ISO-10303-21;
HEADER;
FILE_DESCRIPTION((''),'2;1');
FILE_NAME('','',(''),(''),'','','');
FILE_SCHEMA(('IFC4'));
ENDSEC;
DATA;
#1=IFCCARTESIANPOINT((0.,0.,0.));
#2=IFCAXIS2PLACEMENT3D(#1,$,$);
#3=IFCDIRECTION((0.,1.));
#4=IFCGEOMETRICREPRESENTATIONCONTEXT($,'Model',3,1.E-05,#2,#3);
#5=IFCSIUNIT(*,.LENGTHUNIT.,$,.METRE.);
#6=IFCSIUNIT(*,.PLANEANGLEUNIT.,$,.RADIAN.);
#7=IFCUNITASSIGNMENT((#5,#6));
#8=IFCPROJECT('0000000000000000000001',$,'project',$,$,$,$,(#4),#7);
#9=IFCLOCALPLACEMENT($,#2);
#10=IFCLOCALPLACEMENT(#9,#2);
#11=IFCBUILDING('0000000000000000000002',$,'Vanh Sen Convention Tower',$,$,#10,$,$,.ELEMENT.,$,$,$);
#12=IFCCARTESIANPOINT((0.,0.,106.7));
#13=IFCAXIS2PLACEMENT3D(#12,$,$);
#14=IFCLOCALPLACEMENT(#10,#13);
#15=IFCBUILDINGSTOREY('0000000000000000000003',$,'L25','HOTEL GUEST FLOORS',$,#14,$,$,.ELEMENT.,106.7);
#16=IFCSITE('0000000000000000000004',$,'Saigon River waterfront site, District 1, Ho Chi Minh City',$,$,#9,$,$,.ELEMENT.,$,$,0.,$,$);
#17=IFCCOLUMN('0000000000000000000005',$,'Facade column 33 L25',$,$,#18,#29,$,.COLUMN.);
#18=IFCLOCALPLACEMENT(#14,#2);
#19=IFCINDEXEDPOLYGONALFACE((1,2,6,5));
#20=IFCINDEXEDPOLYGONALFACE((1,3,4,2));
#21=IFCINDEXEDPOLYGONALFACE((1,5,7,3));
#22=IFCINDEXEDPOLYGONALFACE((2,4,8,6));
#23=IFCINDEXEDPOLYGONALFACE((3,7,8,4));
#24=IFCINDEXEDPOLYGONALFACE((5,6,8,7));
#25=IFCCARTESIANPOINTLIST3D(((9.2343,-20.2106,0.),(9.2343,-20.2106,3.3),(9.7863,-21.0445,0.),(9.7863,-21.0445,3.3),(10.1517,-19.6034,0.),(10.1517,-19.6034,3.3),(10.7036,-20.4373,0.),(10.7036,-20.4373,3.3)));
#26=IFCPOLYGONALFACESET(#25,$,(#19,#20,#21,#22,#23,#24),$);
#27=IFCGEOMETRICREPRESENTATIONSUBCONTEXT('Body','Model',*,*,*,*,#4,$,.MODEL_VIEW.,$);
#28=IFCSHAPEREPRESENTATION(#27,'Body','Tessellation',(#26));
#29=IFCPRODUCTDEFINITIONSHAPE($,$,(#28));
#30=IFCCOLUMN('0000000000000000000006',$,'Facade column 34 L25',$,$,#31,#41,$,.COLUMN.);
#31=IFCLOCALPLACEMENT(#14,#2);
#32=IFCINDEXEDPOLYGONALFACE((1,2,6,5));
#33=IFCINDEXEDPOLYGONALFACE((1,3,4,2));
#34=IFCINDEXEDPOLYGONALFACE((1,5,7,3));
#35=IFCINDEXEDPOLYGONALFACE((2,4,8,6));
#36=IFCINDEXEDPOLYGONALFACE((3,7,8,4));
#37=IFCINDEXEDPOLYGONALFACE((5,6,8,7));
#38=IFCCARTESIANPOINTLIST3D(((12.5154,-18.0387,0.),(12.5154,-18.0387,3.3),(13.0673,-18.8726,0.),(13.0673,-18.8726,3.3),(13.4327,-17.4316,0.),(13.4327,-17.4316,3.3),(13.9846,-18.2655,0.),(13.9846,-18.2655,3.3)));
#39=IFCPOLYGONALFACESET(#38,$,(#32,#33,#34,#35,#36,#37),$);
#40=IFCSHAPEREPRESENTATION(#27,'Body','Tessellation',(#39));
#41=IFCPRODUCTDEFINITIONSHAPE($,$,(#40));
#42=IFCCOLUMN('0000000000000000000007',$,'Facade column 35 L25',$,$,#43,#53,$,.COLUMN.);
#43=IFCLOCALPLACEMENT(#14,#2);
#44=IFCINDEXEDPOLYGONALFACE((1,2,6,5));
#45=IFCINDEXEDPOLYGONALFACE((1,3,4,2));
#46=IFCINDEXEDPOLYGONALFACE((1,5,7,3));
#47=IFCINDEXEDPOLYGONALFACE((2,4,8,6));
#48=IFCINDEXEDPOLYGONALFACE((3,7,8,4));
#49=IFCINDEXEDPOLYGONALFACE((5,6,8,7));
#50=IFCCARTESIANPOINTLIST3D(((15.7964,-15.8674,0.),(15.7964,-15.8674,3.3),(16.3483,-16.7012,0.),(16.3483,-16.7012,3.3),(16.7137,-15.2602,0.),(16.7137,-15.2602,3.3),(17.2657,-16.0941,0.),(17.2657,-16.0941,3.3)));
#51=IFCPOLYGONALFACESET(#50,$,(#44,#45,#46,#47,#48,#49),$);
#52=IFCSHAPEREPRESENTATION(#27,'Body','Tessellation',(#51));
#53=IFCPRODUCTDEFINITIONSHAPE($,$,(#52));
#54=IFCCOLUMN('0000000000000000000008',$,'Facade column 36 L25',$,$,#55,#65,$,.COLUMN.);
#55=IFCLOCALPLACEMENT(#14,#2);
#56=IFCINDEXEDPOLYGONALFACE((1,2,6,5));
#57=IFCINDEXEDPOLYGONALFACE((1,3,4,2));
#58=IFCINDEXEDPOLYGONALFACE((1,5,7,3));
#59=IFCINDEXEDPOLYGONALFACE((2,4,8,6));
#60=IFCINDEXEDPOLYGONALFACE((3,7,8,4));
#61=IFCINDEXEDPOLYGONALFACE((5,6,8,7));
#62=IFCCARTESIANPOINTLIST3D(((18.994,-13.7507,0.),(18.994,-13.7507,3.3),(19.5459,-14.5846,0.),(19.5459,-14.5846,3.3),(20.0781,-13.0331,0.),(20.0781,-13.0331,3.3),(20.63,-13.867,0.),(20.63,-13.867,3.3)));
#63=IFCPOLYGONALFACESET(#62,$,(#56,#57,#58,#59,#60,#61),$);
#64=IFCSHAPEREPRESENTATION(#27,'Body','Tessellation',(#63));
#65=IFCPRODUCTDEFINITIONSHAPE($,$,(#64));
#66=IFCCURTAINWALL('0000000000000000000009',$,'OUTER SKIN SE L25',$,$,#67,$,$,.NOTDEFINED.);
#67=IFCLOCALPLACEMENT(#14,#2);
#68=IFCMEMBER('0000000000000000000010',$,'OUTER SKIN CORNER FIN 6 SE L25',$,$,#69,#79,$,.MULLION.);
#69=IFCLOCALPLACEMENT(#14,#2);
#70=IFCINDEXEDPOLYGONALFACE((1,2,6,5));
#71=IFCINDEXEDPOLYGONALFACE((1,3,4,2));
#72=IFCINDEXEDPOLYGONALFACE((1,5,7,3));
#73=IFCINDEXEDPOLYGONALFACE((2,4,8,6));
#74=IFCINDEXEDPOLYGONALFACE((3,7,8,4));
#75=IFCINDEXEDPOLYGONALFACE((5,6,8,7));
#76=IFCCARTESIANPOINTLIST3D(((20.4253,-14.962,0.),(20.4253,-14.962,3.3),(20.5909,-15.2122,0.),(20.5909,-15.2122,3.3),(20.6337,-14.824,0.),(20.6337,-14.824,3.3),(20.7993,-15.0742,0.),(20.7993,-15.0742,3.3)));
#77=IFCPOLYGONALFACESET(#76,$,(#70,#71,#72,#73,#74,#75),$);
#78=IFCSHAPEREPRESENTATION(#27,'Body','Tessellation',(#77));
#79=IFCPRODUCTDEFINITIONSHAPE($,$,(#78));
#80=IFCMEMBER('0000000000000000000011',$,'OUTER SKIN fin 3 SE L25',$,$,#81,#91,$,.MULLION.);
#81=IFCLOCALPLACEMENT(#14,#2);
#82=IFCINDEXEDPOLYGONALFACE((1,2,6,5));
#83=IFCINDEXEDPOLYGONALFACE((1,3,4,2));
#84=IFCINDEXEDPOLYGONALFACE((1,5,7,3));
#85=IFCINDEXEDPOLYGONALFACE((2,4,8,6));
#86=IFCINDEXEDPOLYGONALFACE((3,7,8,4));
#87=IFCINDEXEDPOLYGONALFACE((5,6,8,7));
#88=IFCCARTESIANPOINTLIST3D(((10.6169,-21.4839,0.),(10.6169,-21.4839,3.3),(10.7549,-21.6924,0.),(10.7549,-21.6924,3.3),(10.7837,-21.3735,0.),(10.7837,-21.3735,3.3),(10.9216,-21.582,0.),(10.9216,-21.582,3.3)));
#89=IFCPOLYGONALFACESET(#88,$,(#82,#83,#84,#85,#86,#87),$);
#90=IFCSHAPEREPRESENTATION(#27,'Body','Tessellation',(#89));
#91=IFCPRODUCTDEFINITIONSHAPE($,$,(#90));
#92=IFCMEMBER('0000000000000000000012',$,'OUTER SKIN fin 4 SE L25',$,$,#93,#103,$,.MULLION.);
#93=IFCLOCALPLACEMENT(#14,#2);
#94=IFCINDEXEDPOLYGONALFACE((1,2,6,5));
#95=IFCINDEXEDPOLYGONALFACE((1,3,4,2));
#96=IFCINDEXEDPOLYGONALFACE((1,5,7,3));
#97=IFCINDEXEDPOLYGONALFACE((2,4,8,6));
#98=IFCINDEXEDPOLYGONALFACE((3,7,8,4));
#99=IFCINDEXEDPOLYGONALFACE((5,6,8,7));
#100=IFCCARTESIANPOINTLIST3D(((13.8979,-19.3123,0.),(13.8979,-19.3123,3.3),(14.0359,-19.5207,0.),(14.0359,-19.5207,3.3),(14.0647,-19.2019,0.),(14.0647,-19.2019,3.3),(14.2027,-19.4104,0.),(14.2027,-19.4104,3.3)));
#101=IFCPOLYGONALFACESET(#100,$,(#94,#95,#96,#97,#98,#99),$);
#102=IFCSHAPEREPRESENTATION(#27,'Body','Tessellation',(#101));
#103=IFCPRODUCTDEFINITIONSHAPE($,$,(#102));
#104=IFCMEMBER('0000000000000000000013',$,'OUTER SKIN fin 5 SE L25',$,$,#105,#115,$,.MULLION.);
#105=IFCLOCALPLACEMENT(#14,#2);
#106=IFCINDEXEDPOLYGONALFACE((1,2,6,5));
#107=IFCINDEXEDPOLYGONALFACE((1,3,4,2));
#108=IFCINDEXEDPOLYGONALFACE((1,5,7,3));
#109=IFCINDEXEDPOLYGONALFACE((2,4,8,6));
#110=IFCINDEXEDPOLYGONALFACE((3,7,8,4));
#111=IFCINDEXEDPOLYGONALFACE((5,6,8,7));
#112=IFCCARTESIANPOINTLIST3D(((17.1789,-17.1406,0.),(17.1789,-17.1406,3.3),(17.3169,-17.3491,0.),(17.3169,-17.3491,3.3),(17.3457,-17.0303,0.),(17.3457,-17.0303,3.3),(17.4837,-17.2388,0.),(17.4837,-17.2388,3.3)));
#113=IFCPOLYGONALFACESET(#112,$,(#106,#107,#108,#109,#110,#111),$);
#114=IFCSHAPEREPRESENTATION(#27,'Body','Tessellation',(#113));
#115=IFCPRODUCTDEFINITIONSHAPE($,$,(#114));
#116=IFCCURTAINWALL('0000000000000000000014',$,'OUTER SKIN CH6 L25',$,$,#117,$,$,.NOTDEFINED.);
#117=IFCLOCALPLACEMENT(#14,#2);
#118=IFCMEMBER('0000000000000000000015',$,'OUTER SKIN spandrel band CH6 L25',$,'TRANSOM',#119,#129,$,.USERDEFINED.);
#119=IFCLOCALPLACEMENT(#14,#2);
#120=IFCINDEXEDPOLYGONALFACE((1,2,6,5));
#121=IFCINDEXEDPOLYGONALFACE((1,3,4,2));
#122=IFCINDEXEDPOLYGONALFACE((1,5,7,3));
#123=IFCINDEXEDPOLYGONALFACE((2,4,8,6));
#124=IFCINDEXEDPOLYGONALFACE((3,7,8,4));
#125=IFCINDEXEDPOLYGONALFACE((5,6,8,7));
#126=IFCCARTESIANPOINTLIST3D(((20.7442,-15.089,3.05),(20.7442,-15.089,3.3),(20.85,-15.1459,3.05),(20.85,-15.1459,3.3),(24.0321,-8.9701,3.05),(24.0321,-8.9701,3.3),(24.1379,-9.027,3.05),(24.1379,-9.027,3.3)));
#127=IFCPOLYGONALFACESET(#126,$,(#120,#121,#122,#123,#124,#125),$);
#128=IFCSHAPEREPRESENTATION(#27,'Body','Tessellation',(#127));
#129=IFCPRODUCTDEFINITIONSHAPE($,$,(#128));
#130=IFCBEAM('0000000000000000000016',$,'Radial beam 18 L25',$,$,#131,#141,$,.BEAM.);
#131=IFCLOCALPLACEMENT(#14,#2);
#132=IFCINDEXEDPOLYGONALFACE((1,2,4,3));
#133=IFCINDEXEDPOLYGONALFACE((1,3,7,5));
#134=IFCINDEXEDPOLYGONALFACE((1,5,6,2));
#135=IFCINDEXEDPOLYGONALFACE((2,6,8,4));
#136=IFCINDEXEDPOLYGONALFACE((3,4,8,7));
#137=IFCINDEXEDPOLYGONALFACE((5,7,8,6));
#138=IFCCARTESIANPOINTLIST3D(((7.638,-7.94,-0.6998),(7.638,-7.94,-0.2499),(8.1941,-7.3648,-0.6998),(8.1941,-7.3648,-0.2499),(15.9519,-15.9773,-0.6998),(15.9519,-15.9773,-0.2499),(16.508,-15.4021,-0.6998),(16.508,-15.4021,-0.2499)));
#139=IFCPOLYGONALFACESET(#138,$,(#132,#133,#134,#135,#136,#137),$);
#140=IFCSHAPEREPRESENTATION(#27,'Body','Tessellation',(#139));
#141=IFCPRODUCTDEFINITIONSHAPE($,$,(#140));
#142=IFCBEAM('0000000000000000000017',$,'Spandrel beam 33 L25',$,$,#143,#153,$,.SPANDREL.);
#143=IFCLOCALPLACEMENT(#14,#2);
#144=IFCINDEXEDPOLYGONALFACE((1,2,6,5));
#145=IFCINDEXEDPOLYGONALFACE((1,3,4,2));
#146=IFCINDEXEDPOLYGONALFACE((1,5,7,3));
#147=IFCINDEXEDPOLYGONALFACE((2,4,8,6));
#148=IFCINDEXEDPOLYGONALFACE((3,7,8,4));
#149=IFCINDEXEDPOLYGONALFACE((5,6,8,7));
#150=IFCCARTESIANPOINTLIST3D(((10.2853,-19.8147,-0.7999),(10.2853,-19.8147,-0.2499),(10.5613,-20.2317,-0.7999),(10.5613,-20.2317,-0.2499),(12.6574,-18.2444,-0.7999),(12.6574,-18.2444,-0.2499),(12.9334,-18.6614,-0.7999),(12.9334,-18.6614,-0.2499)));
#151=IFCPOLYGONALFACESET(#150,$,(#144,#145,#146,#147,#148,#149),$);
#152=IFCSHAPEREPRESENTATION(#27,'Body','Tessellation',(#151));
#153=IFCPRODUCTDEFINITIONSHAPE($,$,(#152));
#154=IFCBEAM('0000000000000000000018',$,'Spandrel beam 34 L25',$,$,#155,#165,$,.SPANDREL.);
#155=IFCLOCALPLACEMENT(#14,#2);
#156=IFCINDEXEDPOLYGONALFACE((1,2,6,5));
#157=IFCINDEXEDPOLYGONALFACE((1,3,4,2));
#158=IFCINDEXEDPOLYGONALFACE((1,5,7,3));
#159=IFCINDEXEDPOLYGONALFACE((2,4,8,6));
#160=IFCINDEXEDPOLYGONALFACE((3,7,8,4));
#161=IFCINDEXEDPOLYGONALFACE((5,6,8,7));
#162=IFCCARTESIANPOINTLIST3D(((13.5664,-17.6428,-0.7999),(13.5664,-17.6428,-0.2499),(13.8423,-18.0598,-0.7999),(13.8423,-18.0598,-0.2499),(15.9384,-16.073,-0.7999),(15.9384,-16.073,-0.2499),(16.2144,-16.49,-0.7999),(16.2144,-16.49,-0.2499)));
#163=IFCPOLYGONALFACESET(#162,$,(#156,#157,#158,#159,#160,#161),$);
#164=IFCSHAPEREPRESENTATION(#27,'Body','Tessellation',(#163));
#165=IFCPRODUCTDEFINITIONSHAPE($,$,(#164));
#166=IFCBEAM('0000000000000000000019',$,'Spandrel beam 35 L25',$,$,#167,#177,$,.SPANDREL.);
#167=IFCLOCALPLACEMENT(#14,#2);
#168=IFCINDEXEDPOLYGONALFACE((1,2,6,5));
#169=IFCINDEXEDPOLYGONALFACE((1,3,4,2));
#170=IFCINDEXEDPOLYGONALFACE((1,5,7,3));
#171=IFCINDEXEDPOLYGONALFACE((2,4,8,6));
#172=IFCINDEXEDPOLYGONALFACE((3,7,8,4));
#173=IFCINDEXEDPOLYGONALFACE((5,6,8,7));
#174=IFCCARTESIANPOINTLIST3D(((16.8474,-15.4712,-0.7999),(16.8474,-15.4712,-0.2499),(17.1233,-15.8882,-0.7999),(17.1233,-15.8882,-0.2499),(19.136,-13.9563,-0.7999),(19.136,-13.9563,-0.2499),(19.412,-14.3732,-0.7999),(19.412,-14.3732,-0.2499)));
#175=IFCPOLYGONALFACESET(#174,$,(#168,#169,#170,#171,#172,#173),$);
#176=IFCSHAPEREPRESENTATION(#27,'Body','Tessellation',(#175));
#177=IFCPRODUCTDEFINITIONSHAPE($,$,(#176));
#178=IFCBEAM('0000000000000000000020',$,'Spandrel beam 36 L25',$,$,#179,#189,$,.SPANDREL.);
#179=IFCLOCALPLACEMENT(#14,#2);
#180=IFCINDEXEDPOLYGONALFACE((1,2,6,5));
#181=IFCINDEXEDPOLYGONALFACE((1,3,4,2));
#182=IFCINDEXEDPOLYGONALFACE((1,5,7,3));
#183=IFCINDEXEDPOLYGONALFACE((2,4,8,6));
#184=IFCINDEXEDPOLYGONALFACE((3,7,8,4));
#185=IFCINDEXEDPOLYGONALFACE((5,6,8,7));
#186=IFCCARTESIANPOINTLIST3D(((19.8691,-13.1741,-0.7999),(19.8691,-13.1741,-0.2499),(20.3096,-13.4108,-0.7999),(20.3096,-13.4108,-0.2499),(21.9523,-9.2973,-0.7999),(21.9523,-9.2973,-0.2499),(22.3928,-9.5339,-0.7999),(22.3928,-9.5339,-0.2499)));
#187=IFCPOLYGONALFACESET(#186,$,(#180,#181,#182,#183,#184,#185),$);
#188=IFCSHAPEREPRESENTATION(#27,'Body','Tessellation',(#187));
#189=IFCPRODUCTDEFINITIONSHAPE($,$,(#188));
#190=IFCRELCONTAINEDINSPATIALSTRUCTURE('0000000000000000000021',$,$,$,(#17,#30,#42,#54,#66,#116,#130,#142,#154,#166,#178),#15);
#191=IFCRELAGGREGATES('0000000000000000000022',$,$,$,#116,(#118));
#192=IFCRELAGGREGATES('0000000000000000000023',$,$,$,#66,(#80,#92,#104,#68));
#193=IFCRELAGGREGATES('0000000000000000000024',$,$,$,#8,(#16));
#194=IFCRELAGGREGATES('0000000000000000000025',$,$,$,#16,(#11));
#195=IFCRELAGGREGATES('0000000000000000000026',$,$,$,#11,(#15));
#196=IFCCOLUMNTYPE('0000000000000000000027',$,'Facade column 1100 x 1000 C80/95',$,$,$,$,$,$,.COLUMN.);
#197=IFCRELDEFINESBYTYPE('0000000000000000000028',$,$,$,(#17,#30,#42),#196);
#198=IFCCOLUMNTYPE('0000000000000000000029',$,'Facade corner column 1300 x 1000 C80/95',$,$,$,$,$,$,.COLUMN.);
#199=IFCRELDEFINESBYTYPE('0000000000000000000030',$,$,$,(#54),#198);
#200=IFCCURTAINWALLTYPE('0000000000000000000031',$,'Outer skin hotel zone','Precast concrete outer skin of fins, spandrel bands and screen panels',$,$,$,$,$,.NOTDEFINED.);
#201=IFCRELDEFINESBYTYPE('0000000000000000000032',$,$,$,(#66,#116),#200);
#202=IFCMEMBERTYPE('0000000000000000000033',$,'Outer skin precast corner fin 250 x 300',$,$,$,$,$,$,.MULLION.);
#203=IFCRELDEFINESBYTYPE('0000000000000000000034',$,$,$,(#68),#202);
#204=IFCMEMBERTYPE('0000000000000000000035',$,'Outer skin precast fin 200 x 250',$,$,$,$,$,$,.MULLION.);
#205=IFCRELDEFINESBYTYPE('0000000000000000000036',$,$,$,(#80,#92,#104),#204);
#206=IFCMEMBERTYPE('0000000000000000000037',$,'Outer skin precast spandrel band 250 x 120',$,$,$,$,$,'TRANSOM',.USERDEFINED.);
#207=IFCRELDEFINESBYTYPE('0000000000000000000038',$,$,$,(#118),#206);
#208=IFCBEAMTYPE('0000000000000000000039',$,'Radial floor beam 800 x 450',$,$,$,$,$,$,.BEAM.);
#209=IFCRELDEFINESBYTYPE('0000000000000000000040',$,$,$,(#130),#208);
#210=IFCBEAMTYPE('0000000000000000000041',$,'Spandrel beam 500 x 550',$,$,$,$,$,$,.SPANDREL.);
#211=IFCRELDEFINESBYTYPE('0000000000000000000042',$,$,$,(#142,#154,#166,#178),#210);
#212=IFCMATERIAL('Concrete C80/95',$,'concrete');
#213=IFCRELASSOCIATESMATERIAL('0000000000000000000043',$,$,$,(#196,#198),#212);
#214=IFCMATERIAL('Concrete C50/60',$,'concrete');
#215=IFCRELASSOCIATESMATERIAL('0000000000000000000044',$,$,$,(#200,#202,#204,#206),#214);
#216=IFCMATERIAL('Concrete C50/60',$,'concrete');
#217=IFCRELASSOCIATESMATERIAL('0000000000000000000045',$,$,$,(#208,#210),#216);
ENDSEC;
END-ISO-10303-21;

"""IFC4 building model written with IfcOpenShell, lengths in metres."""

from ifc_helpers import new_model, si_unit, direction, frame, origin, origin_2d, place, context, subcontext, project, spatial, rectangle, extrude, material, material_profile, profile_set, type_object, element, aggregate, save


model = new_model("IFC4")

# Units and contexts
model_context = context("Model", 3, precision=1e-05, world=origin(), true_north=direction((0.0, 1.0)))
body_context = subcontext(model_context, "Body", "Model", "MODEL_VIEW")
ifc_project = project(units=[si_unit("LENGTHUNIT", "METRE"), si_unit("PLANEANGLEUNIT", "RADIAN")], contexts=[model_context])

# Site, building, storey
site_placement = place(None, origin())
site = spatial("IfcSite", under=ifc_project, at=site_placement, Name="Saigon River waterfront site, District 1, Ho Chi Minh City", CompositionType="ELEMENT", RefElevation=0.0)
building_placement = place(site_placement, origin())
building = spatial("IfcBuilding", under=site, at=building_placement, Name="Vanh Sen Convention Tower", CompositionType="ELEMENT")
storey_placement = place(building_placement, frame((0.0, 0.0, 106.7)))
storey = spatial("IfcBuildingStorey", under=building, at=storey_placement, Name="L25", Description="HOTEL GUEST FLOORS", CompositionType="ELEMENT", Elevation=106.7)

# Columns
ifc_material_1 = material(Name="Concrete C80/95", Category="concrete")
ifc_material_profile_1 = material_profile(ifc_material_1, rectangle(XDim=1.1001, YDim=1.0, at=origin_2d()), Name="RC 1100X1000")
ifc_profile_set_1 = profile_set([ifc_material_profile_1], Name="Concrete C80/95")
column_type_1 = type_object("IfcColumnType", Name="Facade column 1100 x 1000 C80/95", PredefinedType="COLUMN", material=ifc_profile_set_1)
for number, where, z_axis, x_axis, name in (
    (1, (9.969, -20.324, 0.0), (0.0, 0.0, 1.0), (0.833886, 0.551937, 0.0), "Facade column 33 L25"),
    (2, (13.25, -18.1521, 0.0), (0.0, 0.0, 1.0), (0.833886, 0.551937, 0.0), "Facade column 34 L25"),
    (3, (16.531, -15.9807, 0.0), (0.0, 0.0, 1.0), (0.833886, 0.551937, 0.0), "Facade column 35 L25"),
):
    element("IfcColumn", number, at=place(storey_placement, frame(where, z_axis=z_axis, x_axis=x_axis)), inside=storey, type_object=column_type_1, Name=name, PredefinedType="COLUMN", context=body_context, shape_type="SweptSolid", body=[
        extrude(rectangle(XDim=1.1001, YDim=1.0, at=origin_2d()), origin(), (0.0, 0.0, 1.0), 3.3),
    ])
ifc_material_profile_2 = material_profile(ifc_material_1, rectangle(XDim=1.3, YDim=1.0, at=origin_2d()), Name="RC 1300X1000")
ifc_profile_set_2 = profile_set([ifc_material_profile_2], Name="Concrete C80/95")
column_type_2 = type_object("IfcColumnType", Name="Facade corner column 1300 x 1000 C80/95", PredefinedType="COLUMN", material=ifc_profile_set_2)
column_placement = place(storey_placement, frame((19.812, -13.8088, 0.0), z_axis=(0.0, 0.0, 1.0), x_axis=(0.833886, 0.551937, 0.0)))
element("IfcColumn", 4, at=column_placement, inside=storey, type_object=column_type_2, Name="Facade column 36 L25", PredefinedType="COLUMN", context=body_context, shape_type="SweptSolid", body=[
    extrude(rectangle(XDim=1.3, YDim=1.0, at=origin_2d()), origin(), (0.0, 0.0, 1.0), 3.3),
])

# Curtain wall, members
ifc_material_2 = material(Name="Concrete C50/60", Category="concrete")
curtain_wall_type = type_object("IfcCurtainWallType", Name="Outer skin hotel zone", Description="Precast concrete outer skin of fins, spandrel bands and screen panels", PredefinedType="NOTDEFINED", material=ifc_material_2)
curtain_wall_1_placement = place(storey_placement, origin())
curtain_wall_1 = element("IfcCurtainWall", 5, at=curtain_wall_1_placement, inside=storey, type_object=curtain_wall_type, Name="OUTER SKIN SE L25", PredefinedType="NOTDEFINED")
ifc_material_profile_3 = material_profile(ifc_material_2, rectangle(XDim=0.25, YDim=0.3, at=origin_2d()), Name="Outer skin precast corner fin 250 x 300")
ifc_profile_set_3 = profile_set([ifc_material_profile_3], Name="Concrete C50/60")
member_type_1 = type_object("IfcMemberType", Name="Outer skin precast corner fin 250 x 300", PredefinedType="MULLION", material=ifc_profile_set_3)
member_1_placement = place(storey_placement, frame((20.6123, -15.0181, 0.0), z_axis=(0.0, 0.0, 1.0), x_axis=(0.833886, 0.551937, 0.0)))
member_1 = element("IfcMember", 6, at=member_1_placement, type_object=member_type_1, Name="OUTER SKIN CORNER FIN 6 SE L25", PredefinedType="MULLION", context=body_context, shape_type="SweptSolid", body=[
    extrude(rectangle(XDim=0.25, YDim=0.3, at=origin_2d()), origin(), (0.0, 0.0, 1.0), 3.3),
])
ifc_material_profile_4 = material_profile(ifc_material_2, rectangle(XDim=0.2, YDim=0.25, at=origin_2d()), Name="Outer skin precast fin 200 x 250")
ifc_profile_set_4 = profile_set([ifc_material_profile_4], Name="Concrete C50/60")
member_type_2 = type_object("IfcMemberType", Name="Outer skin precast fin 200 x 250", PredefinedType="MULLION", material=ifc_profile_set_4)
member_2_placement = place(storey_placement, frame((10.7693, -21.533, 0.0), z_axis=(0.0, 0.0, 1.0), x_axis=(0.833886, 0.551937, 0.0)))
member_2 = element("IfcMember", 7, at=member_2_placement, type_object=member_type_2, Name="OUTER SKIN fin 3 SE L25", PredefinedType="MULLION", context=body_context, shape_type="SweptSolid", body=[
    extrude(rectangle(XDim=0.2, YDim=0.25, at=origin_2d()), origin(), (0.0, 0.0, 1.0), 3.3),
])
member_3_placement = place(storey_placement, frame((14.0503, -19.3613, 0.0), z_axis=(0.0, 0.0, 1.0), x_axis=(0.833886, 0.551937, 0.0)))
member_3 = element("IfcMember", 8, at=member_3_placement, type_object=member_type_2, Name="OUTER SKIN fin 4 SE L25", PredefinedType="MULLION", context=body_context, shape_type="SweptSolid", body=[
    extrude(rectangle(XDim=0.2, YDim=0.25, at=origin_2d()), origin(), (0.0, 0.0, 1.0), 3.3),
])
member_4_placement = place(storey_placement, frame((17.3313, -17.1897, 0.0), z_axis=(0.0, 0.0, 1.0), x_axis=(0.833886, 0.551937, 0.0)))
member_4 = element("IfcMember", 9, at=member_4_placement, type_object=member_type_2, Name="OUTER SKIN fin 5 SE L25", PredefinedType="MULLION", context=body_context, shape_type="SweptSolid", body=[
    extrude(rectangle(XDim=0.2, YDim=0.25, at=origin_2d()), origin(), (0.0, 0.0, 1.0), 3.3),
])

# Curtain wall, member
curtain_wall_2_placement = place(storey_placement, origin())
curtain_wall_2 = element("IfcCurtainWall", 10, at=curtain_wall_2_placement, inside=storey, type_object=curtain_wall_type, Name="OUTER SKIN CH6 L25", PredefinedType="NOTDEFINED")
ifc_material_profile_5 = material_profile(ifc_material_2, rectangle(XDim=0.1201, YDim=0.25, at=origin_2d()), Name="Outer skin precast spandrel band 250 x 120")
ifc_profile_set_5 = profile_set([ifc_material_profile_5], Name="Concrete C50/60")
member_type_3 = type_object("IfcMemberType", Name="Outer skin precast spandrel band 250 x 120", ElementType="TRANSOM", PredefinedType="USERDEFINED", material=ifc_profile_set_5)
member_5_placement = place(storey_placement, frame((20.7971, -15.1174, 3.175), z_axis=(0.473324, 0.880888, 0.0), x_axis=(-0.880888, 0.473324, 0.0)))
member_5 = element("IfcMember", 11, at=member_5_placement, type_object=member_type_3, Name="OUTER SKIN spandrel band CH6 L25", ObjectType="TRANSOM", PredefinedType="USERDEFINED", context=body_context, shape_type="SweptSolid", body=[
    extrude(rectangle(XDim=0.1201, YDim=0.25, at=origin_2d()), origin(), (0.0, 0.0, 1.0), 6.9463),
])
aggregate(curtain_wall_2, [member_5])

# Beams
ifc_material_3 = material(Name="Concrete C50/60", Category="concrete")
ifc_material_profile_6 = material_profile(ifc_material_3, rectangle(XDim=0.8, YDim=0.45, at=origin_2d()), Name="RC 800X450")
ifc_profile_set_6 = profile_set([ifc_material_profile_6], Name="Concrete C50/60")
beam_type_1 = type_object("IfcBeamType", Name="Radial floor beam 800 x 450", PredefinedType="BEAM", material=ifc_profile_set_6)
beam_1_placement = place(storey_placement, frame((16.23, -15.6897, -0.4749), z_axis=(-0.718966, 0.695045, 0.0), x_axis=(-0.695045, -0.718966, 0.0)))
element("IfcBeam", 12, at=beam_1_placement, inside=storey, type_object=beam_type_1, Name="Radial beam 18 L25", PredefinedType="BEAM", context=body_context, shape_type="SweptSolid", body=[
    extrude(rectangle(XDim=0.8, YDim=0.45, at=origin_2d()), origin(), (0.0, 0.0, 1.0), 11.5637),
])
ifc_material_profile_7 = material_profile(ifc_material_3, rectangle(XDim=0.5, YDim=0.55, at=origin_2d()), Name="RC 500X550")
ifc_profile_set_7 = profile_set([ifc_material_profile_7], Name="Concrete C50/60")
beam_type_2 = type_object("IfcBeamType", Name="Spandrel beam 500 x 550", PredefinedType="SPANDREL", material=ifc_profile_set_7)
beam_2_placement = place(storey_placement, frame((10.4233, -20.0232, -0.5249), z_axis=(0.833842, 0.552004, 0.0), x_axis=(-0.552004, 0.833842, 0.0)))
element("IfcBeam", 13, at=beam_2_placement, inside=storey, type_object=beam_type_2, Name="Spandrel beam 33 L25", PredefinedType="SPANDREL", context=body_context, shape_type="SweptSolid", body=[
    extrude(rectangle(XDim=0.5, YDim=0.55, at=origin_2d()), origin(), (0.0, 0.0, 1.0), 2.8447),
])
beam_3_placement = place(storey_placement, frame((13.7043, -17.8513, -0.5249), z_axis=(0.833921, 0.551884, 0.0), x_axis=(-0.551884, 0.833921, 0.0)))
element("IfcBeam", 14, at=beam_3_placement, inside=storey, type_object=beam_type_2, Name="Spandrel beam 34 L25", PredefinedType="SPANDREL", context=body_context, shape_type="SweptSolid", body=[
    extrude(rectangle(XDim=0.5, YDim=0.55, at=origin_2d()), origin(), (0.0, 0.0, 1.0), 2.8445),
])
beam_4_placement = place(storey_placement, frame((16.9854, -15.6797, -0.5249), z_axis=(0.833866, 0.551967, 0.0), x_axis=(-0.551967, 0.833866, 0.0)))
element("IfcBeam", 15, at=beam_4_placement, inside=storey, type_object=beam_type_2, Name="Spandrel beam 35 L25", PredefinedType="SPANDREL", context=body_context, shape_type="SweptSolid", body=[
    extrude(rectangle(XDim=0.5, YDim=0.55, at=origin_2d()), origin(), (0.0, 0.0, 1.0), 2.7446),
])
beam_5_placement = place(storey_placement, frame((20.0894, -13.2925, -0.5249), z_axis=(0.473336, 0.880882, 0.0), x_axis=(-0.880882, 0.473336, 0.0)))
element("IfcBeam", 16, at=beam_5_placement, inside=storey, type_object=beam_type_2, Name="Spandrel beam 36 L25", PredefinedType="SPANDREL", context=body_context, shape_type="SweptSolid", body=[
    extrude(rectangle(XDim=0.5, YDim=0.55, at=origin_2d()), origin(), (0.0, 0.0, 1.0), 4.4011),
])

aggregate(curtain_wall_1, [member_2, member_3, member_4, member_1])

save(model, "model.ifc")
